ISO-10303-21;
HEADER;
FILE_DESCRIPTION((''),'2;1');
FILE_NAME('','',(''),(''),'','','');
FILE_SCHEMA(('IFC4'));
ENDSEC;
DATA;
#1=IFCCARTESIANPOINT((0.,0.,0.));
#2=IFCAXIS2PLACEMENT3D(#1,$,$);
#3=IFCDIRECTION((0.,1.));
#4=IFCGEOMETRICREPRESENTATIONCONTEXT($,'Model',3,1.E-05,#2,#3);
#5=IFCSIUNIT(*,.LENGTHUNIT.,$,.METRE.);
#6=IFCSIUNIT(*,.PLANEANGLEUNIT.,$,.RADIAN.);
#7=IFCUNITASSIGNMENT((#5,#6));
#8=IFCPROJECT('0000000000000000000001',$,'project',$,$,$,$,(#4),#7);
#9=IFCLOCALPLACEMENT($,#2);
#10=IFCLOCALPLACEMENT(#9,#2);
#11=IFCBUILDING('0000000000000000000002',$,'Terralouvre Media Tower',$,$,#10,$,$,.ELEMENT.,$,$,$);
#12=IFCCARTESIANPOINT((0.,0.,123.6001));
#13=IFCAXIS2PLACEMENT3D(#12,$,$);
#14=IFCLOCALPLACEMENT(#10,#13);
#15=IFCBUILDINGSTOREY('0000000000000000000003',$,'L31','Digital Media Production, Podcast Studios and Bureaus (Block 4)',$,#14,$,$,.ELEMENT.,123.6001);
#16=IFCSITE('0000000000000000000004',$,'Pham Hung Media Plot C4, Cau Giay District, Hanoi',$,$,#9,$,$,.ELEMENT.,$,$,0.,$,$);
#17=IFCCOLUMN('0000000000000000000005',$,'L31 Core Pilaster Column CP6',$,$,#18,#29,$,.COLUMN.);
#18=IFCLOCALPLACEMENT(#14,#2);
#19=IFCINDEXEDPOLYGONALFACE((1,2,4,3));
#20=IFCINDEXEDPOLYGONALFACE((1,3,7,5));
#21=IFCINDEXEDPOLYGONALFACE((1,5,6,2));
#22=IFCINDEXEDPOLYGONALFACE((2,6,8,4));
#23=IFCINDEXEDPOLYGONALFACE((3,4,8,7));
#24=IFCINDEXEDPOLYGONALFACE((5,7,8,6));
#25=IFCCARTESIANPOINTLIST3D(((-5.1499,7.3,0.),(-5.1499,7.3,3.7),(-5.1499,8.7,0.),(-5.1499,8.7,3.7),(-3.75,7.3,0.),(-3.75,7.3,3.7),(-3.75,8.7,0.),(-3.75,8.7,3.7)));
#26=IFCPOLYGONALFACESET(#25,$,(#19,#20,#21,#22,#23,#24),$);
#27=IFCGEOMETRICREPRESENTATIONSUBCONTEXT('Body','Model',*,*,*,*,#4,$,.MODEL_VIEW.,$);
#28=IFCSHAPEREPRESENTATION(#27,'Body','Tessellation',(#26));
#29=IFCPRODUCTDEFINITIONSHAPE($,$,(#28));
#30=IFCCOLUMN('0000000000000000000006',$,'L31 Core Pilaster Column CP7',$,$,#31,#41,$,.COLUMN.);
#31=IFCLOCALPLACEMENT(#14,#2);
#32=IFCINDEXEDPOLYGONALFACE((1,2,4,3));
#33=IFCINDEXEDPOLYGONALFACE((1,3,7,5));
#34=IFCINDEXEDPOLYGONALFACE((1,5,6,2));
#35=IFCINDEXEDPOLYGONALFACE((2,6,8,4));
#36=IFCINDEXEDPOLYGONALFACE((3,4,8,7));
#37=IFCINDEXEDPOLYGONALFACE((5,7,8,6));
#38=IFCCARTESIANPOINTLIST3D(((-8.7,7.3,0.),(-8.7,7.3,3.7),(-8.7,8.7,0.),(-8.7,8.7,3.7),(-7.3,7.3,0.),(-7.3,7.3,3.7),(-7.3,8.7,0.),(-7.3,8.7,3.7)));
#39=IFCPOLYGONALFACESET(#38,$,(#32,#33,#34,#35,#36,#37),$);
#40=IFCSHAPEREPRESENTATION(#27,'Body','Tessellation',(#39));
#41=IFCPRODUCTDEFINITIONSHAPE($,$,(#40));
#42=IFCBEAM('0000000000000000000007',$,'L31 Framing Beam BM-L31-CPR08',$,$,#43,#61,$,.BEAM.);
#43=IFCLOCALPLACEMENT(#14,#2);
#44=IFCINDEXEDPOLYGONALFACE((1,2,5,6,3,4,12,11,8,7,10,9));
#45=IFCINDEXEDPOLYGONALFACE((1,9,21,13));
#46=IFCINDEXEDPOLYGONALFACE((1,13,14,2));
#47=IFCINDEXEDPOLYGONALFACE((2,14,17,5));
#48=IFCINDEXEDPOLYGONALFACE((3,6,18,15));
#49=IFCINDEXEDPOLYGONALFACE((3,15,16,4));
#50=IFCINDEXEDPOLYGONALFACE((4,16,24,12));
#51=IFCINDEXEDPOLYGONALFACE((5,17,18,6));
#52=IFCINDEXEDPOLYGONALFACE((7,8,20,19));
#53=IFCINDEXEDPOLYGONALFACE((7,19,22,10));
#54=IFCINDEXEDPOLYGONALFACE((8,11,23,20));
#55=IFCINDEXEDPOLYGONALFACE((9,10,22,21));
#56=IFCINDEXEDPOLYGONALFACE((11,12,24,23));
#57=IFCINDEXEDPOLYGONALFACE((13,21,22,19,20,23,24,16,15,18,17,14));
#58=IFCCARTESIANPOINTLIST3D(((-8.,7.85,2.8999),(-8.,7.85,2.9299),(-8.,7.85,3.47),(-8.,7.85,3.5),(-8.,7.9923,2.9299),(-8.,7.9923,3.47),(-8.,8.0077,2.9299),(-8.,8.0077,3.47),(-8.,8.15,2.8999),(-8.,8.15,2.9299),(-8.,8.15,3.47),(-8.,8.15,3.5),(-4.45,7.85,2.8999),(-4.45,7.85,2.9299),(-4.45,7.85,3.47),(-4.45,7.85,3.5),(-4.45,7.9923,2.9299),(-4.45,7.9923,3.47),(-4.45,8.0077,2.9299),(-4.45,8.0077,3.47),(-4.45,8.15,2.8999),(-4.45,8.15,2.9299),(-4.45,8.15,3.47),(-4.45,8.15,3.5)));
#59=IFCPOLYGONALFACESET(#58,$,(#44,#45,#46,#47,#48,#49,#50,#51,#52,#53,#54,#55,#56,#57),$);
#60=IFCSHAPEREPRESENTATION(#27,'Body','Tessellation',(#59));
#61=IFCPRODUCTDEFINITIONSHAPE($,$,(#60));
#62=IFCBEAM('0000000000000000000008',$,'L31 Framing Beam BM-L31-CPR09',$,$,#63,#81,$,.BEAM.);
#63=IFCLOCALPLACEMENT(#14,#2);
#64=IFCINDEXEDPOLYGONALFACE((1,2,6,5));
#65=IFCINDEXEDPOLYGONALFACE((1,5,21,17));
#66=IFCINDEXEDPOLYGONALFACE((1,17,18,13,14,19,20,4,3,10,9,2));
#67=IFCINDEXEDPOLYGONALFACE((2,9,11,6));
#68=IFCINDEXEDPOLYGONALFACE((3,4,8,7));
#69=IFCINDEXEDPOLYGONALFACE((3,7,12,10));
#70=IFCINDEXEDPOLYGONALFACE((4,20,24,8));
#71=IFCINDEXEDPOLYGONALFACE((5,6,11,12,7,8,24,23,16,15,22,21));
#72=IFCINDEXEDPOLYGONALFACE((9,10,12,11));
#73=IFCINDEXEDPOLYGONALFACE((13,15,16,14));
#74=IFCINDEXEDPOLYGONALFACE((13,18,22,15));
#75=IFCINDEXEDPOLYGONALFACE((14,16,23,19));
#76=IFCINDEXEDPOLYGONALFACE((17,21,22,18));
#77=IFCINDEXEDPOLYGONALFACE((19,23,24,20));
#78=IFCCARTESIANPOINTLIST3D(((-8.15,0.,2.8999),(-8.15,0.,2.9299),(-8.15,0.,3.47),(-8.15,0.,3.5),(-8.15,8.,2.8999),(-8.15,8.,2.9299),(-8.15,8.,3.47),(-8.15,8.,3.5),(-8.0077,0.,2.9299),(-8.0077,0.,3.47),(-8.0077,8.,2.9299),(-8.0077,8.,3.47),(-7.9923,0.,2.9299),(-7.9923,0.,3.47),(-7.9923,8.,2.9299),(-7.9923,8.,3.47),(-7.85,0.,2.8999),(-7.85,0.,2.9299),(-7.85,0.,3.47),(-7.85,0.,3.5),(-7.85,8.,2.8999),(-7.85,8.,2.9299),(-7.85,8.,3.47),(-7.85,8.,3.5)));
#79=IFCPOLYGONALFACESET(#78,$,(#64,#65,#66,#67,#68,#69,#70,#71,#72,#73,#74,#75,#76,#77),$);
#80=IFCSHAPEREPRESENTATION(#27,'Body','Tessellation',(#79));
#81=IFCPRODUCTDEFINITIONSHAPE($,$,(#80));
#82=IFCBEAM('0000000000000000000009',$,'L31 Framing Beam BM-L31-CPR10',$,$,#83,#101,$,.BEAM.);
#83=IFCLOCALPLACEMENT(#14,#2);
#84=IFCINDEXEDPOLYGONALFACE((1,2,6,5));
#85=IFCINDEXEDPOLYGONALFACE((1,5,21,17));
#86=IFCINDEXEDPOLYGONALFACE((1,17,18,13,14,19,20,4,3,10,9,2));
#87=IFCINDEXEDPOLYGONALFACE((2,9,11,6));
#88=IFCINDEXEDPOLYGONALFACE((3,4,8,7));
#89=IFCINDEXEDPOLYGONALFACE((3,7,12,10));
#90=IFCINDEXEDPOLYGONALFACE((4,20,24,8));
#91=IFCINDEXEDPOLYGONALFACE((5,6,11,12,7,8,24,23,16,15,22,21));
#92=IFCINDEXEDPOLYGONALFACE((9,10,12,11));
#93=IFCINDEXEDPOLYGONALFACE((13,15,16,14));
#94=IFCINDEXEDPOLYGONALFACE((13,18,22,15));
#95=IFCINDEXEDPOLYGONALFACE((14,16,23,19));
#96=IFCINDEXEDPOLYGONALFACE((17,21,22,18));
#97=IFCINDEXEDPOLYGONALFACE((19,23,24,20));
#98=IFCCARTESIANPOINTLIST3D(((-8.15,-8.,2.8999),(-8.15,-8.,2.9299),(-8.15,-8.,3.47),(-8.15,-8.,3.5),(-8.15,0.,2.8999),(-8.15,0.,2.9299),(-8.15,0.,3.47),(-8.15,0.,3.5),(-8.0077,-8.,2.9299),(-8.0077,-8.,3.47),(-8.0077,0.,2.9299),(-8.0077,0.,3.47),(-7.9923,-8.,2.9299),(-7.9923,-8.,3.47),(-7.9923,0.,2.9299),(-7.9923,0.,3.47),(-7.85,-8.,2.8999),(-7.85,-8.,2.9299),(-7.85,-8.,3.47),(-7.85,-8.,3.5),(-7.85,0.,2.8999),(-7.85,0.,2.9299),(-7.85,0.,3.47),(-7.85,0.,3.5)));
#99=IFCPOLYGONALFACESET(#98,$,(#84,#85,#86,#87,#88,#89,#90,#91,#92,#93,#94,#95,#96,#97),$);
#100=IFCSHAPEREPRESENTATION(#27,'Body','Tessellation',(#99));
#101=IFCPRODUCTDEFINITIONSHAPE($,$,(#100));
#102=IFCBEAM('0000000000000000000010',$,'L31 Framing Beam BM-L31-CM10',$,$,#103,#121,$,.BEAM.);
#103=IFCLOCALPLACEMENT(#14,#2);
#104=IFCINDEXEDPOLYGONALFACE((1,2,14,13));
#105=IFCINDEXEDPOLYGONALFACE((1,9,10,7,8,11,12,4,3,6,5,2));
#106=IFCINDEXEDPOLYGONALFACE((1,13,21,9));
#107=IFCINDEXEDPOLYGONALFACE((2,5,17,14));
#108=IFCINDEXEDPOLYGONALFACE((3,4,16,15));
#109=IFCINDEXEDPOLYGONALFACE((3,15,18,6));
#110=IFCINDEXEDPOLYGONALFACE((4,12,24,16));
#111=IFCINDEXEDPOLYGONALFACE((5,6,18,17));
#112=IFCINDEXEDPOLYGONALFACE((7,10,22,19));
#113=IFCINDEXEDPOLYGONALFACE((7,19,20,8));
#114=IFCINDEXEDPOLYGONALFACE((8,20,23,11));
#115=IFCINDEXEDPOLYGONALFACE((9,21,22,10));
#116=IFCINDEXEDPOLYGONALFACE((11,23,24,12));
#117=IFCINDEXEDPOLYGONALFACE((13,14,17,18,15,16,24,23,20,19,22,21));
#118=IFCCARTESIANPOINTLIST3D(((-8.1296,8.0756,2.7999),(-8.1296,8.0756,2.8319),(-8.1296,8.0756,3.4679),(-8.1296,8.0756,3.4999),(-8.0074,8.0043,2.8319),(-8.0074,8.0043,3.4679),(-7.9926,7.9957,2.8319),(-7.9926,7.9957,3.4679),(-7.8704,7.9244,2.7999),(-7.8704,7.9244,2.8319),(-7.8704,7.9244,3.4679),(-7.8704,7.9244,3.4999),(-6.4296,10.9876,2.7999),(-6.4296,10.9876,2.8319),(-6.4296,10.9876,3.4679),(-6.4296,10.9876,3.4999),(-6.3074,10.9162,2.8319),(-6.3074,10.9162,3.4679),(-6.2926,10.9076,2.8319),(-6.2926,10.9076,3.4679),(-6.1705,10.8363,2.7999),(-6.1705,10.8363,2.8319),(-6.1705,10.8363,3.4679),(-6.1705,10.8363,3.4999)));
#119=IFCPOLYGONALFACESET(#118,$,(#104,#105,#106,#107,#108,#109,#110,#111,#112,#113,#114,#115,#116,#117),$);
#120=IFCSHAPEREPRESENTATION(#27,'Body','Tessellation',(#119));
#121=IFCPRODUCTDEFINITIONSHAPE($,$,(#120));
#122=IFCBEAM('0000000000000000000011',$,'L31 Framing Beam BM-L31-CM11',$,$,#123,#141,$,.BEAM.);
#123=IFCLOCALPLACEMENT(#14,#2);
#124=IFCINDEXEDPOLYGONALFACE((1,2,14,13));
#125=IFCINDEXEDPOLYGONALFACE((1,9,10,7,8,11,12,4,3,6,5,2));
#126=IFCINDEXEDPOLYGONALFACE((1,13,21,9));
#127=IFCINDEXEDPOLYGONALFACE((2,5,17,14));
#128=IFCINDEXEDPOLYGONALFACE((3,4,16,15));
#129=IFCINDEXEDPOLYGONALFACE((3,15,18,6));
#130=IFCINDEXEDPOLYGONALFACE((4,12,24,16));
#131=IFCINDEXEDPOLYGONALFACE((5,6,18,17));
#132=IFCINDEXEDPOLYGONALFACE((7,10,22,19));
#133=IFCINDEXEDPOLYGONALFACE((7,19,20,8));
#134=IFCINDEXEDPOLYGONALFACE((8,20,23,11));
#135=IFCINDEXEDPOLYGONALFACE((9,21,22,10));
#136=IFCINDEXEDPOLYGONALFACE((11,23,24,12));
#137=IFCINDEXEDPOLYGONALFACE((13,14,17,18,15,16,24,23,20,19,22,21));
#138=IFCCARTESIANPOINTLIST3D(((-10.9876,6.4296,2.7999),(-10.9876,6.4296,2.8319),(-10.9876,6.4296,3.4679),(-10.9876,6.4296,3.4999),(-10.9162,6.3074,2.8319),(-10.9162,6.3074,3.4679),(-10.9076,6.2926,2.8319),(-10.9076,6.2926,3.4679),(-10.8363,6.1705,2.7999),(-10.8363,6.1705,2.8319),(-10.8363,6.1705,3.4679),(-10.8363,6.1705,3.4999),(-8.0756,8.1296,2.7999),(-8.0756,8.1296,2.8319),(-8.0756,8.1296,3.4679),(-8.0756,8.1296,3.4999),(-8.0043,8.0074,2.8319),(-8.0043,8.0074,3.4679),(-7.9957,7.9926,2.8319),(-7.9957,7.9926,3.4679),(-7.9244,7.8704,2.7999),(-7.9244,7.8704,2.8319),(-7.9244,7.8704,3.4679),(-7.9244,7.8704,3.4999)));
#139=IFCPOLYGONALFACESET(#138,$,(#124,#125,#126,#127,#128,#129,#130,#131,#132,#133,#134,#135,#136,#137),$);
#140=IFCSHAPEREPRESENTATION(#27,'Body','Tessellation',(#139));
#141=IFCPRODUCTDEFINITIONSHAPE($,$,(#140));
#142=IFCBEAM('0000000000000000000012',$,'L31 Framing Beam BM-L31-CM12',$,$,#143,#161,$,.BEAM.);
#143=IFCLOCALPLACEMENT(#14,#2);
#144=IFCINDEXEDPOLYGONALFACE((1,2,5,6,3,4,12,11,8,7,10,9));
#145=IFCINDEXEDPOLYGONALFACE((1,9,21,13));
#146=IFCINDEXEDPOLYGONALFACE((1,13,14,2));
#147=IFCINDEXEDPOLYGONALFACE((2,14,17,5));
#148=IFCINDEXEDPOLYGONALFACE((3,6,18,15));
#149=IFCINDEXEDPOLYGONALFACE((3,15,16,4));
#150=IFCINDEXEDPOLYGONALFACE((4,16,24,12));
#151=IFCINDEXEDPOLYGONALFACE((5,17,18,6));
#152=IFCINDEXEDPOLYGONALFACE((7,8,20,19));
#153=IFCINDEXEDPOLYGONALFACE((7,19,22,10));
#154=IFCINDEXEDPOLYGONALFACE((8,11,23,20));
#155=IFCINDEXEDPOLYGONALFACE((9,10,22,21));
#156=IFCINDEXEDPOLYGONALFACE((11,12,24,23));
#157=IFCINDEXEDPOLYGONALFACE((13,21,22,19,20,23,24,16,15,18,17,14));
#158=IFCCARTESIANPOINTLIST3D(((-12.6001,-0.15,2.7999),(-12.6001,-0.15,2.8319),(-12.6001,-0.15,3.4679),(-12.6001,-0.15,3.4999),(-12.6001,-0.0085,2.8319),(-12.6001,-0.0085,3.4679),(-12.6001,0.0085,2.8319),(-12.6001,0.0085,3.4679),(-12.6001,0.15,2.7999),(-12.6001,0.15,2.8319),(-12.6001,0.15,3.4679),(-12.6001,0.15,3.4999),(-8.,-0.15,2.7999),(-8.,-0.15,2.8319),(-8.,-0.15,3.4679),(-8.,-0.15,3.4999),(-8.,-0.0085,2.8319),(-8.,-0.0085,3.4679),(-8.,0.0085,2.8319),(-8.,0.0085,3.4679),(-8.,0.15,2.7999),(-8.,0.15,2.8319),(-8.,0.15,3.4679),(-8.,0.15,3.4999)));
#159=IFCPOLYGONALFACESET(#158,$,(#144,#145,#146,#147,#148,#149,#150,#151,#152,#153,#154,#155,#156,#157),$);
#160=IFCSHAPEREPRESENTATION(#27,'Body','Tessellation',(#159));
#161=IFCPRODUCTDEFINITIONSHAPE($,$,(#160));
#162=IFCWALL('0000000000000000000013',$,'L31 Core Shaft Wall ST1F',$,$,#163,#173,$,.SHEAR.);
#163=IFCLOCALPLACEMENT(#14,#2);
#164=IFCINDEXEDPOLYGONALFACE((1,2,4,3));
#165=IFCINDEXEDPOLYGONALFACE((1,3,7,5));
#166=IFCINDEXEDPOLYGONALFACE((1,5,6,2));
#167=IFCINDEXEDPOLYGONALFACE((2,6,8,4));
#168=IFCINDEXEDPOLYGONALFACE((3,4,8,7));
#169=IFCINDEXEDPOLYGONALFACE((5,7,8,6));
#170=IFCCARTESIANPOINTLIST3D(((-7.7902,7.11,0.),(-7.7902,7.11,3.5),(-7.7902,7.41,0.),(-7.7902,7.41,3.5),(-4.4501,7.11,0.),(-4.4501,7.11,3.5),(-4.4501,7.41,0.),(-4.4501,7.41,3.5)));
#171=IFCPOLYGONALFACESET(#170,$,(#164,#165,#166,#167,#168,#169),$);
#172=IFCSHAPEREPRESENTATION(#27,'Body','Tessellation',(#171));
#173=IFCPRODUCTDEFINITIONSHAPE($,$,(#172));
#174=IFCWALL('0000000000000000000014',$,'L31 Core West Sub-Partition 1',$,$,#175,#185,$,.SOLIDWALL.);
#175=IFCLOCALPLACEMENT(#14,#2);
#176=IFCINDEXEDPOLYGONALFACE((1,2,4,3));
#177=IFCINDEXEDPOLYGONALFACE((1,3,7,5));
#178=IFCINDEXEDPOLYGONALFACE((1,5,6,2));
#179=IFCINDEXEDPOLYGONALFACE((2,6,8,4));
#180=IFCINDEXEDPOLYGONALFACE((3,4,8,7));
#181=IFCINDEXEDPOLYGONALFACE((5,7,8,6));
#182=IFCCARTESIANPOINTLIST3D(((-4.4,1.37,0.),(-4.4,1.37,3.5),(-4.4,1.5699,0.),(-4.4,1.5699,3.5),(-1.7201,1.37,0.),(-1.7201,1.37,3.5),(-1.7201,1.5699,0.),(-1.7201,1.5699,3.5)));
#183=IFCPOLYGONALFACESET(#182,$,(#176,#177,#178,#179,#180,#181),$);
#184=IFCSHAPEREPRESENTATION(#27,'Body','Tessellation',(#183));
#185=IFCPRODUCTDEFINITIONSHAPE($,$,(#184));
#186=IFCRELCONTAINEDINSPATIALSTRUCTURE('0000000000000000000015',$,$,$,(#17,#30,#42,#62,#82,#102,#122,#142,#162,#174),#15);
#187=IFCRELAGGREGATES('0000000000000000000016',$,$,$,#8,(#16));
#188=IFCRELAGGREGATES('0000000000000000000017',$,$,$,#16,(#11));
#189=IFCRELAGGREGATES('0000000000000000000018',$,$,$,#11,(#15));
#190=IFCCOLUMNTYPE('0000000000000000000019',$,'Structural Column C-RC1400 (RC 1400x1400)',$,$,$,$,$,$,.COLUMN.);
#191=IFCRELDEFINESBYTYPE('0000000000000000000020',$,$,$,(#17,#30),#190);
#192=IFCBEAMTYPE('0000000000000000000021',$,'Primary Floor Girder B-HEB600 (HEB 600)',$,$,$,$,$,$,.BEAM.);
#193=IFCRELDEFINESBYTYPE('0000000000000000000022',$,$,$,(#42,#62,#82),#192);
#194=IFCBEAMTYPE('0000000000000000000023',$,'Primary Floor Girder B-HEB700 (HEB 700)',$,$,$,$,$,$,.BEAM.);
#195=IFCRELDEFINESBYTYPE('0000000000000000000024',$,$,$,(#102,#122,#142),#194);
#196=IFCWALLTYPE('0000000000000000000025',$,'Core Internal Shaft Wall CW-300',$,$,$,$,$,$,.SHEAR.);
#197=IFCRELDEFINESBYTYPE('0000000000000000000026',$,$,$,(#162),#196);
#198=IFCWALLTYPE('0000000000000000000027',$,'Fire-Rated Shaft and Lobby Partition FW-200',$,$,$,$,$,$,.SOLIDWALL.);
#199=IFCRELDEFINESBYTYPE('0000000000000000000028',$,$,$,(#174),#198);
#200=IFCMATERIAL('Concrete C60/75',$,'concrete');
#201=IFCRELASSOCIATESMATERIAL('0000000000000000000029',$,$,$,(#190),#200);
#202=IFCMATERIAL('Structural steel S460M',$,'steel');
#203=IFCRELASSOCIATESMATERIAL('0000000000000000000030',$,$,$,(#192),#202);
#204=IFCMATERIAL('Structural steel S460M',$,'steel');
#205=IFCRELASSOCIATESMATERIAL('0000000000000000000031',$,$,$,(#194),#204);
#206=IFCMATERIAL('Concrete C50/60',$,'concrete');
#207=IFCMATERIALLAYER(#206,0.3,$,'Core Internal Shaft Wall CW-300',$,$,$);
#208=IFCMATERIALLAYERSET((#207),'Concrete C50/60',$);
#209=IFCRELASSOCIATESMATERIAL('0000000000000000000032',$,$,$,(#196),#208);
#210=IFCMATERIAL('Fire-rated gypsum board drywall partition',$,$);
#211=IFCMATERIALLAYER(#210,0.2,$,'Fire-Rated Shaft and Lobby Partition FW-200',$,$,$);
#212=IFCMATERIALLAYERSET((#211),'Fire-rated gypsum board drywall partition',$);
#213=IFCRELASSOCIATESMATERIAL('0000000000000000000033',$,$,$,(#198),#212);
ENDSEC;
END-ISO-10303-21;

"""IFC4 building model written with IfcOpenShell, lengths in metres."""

from ifc_helpers import new_model, si_unit, direction, frame, frame_2d, origin, origin_2d, place, context, subcontext, project, spatial, rectangle, i_section, extrude, material, layer, layer_set, material_profile, profile_set, type_object, element, save


model = new_model("IFC4")

# Units and contexts
model_context = context("Model", 3, precision=1e-05, world=origin(), true_north=direction((0.0, 1.0)))
body_context = subcontext(model_context, "Body", "Model", "MODEL_VIEW")
ifc_project = project(units=[si_unit("LENGTHUNIT", "METRE"), si_unit("PLANEANGLEUNIT", "RADIAN")], contexts=[model_context])

# Site, building, storey
site_placement = place(None, origin())
site = spatial("IfcSite", under=ifc_project, at=site_placement, Name="Pham Hung Media Plot C4, Cau Giay District, Hanoi", CompositionType="ELEMENT", RefElevation=0.0)
building_placement = place(site_placement, origin())
building = spatial("IfcBuilding", under=site, at=building_placement, Name="Terralouvre Media Tower", CompositionType="ELEMENT")
storey_placement = place(building_placement, frame((0.0, 0.0, 123.6001)))
storey = spatial("IfcBuildingStorey", under=building, at=storey_placement, Name="L31", Description="Digital Media Production, Podcast Studios and Bureaus (Block 4)", CompositionType="ELEMENT", Elevation=123.6001)

# Columns
ifc_material_1 = material(Name="Concrete C60/75", Category="concrete")
ifc_material_profile_1 = material_profile(ifc_material_1, rectangle(XDim=1.3999, YDim=1.3999, at=origin_2d()), Name="RC 1400x1400")
ifc_profile_set_1 = profile_set([ifc_material_profile_1], Name="Concrete C60/75")
column_type = type_object("IfcColumnType", Name="Structural Column C-RC1400 (RC 1400x1400)", PredefinedType="COLUMN", material=ifc_profile_set_1)
for number, where, z_axis, x_axis, name in (
    (1, (-4.45, 8.0, 0.0), (0.0, 0.0, 1.0), (1.0, 0.0, 0.0), "L31 Core Pilaster Column CP6"),
    (2, (-8.0, 8.0, 0.0), (0.0, 0.0, 1.0), (1.0, 0.0, 0.0), "L31 Core Pilaster Column CP7"),
):
    element("IfcColumn", number, at=place(storey_placement, frame(where, z_axis=z_axis, x_axis=x_axis)), inside=storey, type_object=column_type, Name=name, PredefinedType="COLUMN", context=body_context, shape_type="SweptSolid", body=[
        extrude(rectangle(XDim=1.3999, YDim=1.3999, at=origin_2d()), origin(), (0.0, 0.0, 1.0), 3.7),
    ])

# Beams
ifc_material_2 = material(Name="Structural steel S460M", Category="steel")
ifc_material_profile_2 = material_profile(ifc_material_2, i_section(OverallWidth=0.3, OverallDepth=0.6001, WebThickness=0.0154, FlangeThickness=0.03, at=origin_2d()), Name="HEB 600")
ifc_profile_set_2 = profile_set([ifc_material_profile_2], Name="Structural steel S460M")
beam_type_1 = type_object("IfcBeamType", Name="Primary Floor Girder B-HEB600 (HEB 600)", PredefinedType="BEAM", material=ifc_profile_set_2)
beam_1_placement = place(storey_placement, frame((-4.45, 8.0, 3.2), z_axis=(-1.0, 0.0, 0.0), x_axis=(0.0, -1.0, 0.0)))
element("IfcBeam", 3, at=beam_1_placement, inside=storey, type_object=beam_type_1, Name="L31 Framing Beam BM-L31-CPR08", PredefinedType="BEAM", context=body_context, shape_type="SweptSolid", body=[
    extrude(i_section(OverallWidth=0.3, OverallDepth=0.6001, WebThickness=0.0154, FlangeThickness=0.03, at=origin_2d()), origin(), (0.0, 0.0, 1.0), 3.55),
])
for number, where, z_axis, x_axis, name in (
    (4, (-8.0, 8.0, 3.2), (0.0, -1.0, 0.0), (1.0, 0.0, 0.0), "L31 Framing Beam BM-L31-CPR09"),
    (5, (-8.0, 0.0, 3.2), (0.0, -1.0, 0.0), (1.0, 0.0, 0.0), "L31 Framing Beam BM-L31-CPR10"),
):
    element("IfcBeam", number, at=place(storey_placement, frame(where, z_axis=z_axis, x_axis=x_axis)), inside=storey, type_object=beam_type_1, Name=name, PredefinedType="BEAM", context=body_context, shape_type="SweptSolid", body=[
        extrude(i_section(OverallWidth=0.3, OverallDepth=0.6001, WebThickness=0.0154, FlangeThickness=0.03, at=origin_2d()), origin(), (0.0, 0.0, 1.0), 8.0),
    ])
ifc_material_3 = material(Name="Structural steel S460M", Category="steel")
ifc_material_profile_3 = material_profile(ifc_material_3, i_section(OverallWidth=0.3, OverallDepth=0.7, WebThickness=0.0171, FlangeThickness=0.032, at=origin_2d()), Name="HEB 700")
ifc_profile_set_3 = profile_set([ifc_material_profile_3], Name="Structural steel S460M")
beam_type_2 = type_object("IfcBeamType", Name="Primary Floor Girder B-HEB700 (HEB 700)", PredefinedType="BEAM", material=ifc_profile_set_3)
for number, where, z_axis, x_axis, name in (
    (6, (-8.0, 8.0, 3.1499), (0.504173, 0.863603, 0.0), (-0.863603, 0.504173, 0.0), "L31 Framing Beam BM-L31-CM10"),
    (7, (-8.0, 8.0, 3.1499), (-0.863603, -0.504173, 0.0), (0.504173, -0.863603, 0.0), "L31 Framing Beam BM-L31-CM11"),
):
    element("IfcBeam", number, at=place(storey_placement, frame(where, z_axis=z_axis, x_axis=x_axis)), inside=storey, type_object=beam_type_2, Name=name, PredefinedType="BEAM", context=body_context, shape_type="SweptSolid", body=[
        extrude(i_section(OverallWidth=0.3, OverallDepth=0.7, WebThickness=0.0171, FlangeThickness=0.032, at=origin_2d()), origin(), (0.0, 0.0, 1.0), 3.3718),
    ])
beam_2_placement = place(storey_placement, frame((-8.0, 0.0, 3.1499), z_axis=(-1.0, 0.0, 0.0), x_axis=(0.0, -1.0, 0.0)))
element("IfcBeam", 8, at=beam_2_placement, inside=storey, type_object=beam_type_2, Name="L31 Framing Beam BM-L31-CM12", PredefinedType="BEAM", context=body_context, shape_type="SweptSolid", body=[
    extrude(i_section(OverallWidth=0.3, OverallDepth=0.7, WebThickness=0.0171, FlangeThickness=0.032, at=origin_2d()), origin(), (0.0, 0.0, 1.0), 4.6001),
])

# Shared definitions
ifc_material_4 = material(Name="Concrete C50/60", Category="concrete")
ifc_layer_1 = layer(ifc_material_4, 0.3, Name="Core Internal Shaft Wall CW-300")
ifc_layer_set_1 = layer_set([ifc_layer_1], Name="Concrete C50/60")
wall_type_1 = type_object("IfcWallType", Name="Core Internal Shaft Wall CW-300", PredefinedType="SHEAR", material=ifc_layer_set_1)

# Wall
wall_1_placement = place(storey_placement, frame((-7.79, 7.26, 0.0), z_axis=(0.0, 0.0, 1.0), x_axis=(1.0, 0.0, 0.0)))
element("IfcWall", 9, at=wall_1_placement, inside=storey, type_object=wall_type_1, Name="L31 Core Shaft Wall ST1F", PredefinedType="SHEAR", context=body_context, shape_type="SweptSolid", body=[
    extrude(rectangle(XDim=3.3401, YDim=0.3, at=frame_2d((1.6699, 0.0))), origin(), (0.0, 0.0, 1.0), 3.5),
])

# Wall
ifc_material_5 = material(Name="Fire-rated gypsum board drywall partition")
ifc_layer_2 = layer(ifc_material_5, 0.2, Name="Fire-Rated Shaft and Lobby Partition FW-200")
ifc_layer_set_2 = layer_set([ifc_layer_2], Name="Fire-rated gypsum board drywall partition")
wall_type_2 = type_object("IfcWallType", Name="Fire-Rated Shaft and Lobby Partition FW-200", PredefinedType="SOLIDWALL", material=ifc_layer_set_2)
wall_2_placement = place(storey_placement, frame((-4.3999, 1.47, 0.0), z_axis=(0.0, 0.0, 1.0), x_axis=(1.0, 0.0, 0.0)))
element("IfcWall", 10, at=wall_2_placement, inside=storey, type_object=wall_type_2, Name="L31 Core West Sub-Partition 1", PredefinedType="SOLIDWALL", context=body_context, shape_type="SweptSolid", body=[
    extrude(rectangle(XDim=2.6799, YDim=0.2, at=frame_2d((1.3398, 0.0))), origin(), (0.0, 0.0, 1.0), 3.5),
])

save(model, "model.ifc")
